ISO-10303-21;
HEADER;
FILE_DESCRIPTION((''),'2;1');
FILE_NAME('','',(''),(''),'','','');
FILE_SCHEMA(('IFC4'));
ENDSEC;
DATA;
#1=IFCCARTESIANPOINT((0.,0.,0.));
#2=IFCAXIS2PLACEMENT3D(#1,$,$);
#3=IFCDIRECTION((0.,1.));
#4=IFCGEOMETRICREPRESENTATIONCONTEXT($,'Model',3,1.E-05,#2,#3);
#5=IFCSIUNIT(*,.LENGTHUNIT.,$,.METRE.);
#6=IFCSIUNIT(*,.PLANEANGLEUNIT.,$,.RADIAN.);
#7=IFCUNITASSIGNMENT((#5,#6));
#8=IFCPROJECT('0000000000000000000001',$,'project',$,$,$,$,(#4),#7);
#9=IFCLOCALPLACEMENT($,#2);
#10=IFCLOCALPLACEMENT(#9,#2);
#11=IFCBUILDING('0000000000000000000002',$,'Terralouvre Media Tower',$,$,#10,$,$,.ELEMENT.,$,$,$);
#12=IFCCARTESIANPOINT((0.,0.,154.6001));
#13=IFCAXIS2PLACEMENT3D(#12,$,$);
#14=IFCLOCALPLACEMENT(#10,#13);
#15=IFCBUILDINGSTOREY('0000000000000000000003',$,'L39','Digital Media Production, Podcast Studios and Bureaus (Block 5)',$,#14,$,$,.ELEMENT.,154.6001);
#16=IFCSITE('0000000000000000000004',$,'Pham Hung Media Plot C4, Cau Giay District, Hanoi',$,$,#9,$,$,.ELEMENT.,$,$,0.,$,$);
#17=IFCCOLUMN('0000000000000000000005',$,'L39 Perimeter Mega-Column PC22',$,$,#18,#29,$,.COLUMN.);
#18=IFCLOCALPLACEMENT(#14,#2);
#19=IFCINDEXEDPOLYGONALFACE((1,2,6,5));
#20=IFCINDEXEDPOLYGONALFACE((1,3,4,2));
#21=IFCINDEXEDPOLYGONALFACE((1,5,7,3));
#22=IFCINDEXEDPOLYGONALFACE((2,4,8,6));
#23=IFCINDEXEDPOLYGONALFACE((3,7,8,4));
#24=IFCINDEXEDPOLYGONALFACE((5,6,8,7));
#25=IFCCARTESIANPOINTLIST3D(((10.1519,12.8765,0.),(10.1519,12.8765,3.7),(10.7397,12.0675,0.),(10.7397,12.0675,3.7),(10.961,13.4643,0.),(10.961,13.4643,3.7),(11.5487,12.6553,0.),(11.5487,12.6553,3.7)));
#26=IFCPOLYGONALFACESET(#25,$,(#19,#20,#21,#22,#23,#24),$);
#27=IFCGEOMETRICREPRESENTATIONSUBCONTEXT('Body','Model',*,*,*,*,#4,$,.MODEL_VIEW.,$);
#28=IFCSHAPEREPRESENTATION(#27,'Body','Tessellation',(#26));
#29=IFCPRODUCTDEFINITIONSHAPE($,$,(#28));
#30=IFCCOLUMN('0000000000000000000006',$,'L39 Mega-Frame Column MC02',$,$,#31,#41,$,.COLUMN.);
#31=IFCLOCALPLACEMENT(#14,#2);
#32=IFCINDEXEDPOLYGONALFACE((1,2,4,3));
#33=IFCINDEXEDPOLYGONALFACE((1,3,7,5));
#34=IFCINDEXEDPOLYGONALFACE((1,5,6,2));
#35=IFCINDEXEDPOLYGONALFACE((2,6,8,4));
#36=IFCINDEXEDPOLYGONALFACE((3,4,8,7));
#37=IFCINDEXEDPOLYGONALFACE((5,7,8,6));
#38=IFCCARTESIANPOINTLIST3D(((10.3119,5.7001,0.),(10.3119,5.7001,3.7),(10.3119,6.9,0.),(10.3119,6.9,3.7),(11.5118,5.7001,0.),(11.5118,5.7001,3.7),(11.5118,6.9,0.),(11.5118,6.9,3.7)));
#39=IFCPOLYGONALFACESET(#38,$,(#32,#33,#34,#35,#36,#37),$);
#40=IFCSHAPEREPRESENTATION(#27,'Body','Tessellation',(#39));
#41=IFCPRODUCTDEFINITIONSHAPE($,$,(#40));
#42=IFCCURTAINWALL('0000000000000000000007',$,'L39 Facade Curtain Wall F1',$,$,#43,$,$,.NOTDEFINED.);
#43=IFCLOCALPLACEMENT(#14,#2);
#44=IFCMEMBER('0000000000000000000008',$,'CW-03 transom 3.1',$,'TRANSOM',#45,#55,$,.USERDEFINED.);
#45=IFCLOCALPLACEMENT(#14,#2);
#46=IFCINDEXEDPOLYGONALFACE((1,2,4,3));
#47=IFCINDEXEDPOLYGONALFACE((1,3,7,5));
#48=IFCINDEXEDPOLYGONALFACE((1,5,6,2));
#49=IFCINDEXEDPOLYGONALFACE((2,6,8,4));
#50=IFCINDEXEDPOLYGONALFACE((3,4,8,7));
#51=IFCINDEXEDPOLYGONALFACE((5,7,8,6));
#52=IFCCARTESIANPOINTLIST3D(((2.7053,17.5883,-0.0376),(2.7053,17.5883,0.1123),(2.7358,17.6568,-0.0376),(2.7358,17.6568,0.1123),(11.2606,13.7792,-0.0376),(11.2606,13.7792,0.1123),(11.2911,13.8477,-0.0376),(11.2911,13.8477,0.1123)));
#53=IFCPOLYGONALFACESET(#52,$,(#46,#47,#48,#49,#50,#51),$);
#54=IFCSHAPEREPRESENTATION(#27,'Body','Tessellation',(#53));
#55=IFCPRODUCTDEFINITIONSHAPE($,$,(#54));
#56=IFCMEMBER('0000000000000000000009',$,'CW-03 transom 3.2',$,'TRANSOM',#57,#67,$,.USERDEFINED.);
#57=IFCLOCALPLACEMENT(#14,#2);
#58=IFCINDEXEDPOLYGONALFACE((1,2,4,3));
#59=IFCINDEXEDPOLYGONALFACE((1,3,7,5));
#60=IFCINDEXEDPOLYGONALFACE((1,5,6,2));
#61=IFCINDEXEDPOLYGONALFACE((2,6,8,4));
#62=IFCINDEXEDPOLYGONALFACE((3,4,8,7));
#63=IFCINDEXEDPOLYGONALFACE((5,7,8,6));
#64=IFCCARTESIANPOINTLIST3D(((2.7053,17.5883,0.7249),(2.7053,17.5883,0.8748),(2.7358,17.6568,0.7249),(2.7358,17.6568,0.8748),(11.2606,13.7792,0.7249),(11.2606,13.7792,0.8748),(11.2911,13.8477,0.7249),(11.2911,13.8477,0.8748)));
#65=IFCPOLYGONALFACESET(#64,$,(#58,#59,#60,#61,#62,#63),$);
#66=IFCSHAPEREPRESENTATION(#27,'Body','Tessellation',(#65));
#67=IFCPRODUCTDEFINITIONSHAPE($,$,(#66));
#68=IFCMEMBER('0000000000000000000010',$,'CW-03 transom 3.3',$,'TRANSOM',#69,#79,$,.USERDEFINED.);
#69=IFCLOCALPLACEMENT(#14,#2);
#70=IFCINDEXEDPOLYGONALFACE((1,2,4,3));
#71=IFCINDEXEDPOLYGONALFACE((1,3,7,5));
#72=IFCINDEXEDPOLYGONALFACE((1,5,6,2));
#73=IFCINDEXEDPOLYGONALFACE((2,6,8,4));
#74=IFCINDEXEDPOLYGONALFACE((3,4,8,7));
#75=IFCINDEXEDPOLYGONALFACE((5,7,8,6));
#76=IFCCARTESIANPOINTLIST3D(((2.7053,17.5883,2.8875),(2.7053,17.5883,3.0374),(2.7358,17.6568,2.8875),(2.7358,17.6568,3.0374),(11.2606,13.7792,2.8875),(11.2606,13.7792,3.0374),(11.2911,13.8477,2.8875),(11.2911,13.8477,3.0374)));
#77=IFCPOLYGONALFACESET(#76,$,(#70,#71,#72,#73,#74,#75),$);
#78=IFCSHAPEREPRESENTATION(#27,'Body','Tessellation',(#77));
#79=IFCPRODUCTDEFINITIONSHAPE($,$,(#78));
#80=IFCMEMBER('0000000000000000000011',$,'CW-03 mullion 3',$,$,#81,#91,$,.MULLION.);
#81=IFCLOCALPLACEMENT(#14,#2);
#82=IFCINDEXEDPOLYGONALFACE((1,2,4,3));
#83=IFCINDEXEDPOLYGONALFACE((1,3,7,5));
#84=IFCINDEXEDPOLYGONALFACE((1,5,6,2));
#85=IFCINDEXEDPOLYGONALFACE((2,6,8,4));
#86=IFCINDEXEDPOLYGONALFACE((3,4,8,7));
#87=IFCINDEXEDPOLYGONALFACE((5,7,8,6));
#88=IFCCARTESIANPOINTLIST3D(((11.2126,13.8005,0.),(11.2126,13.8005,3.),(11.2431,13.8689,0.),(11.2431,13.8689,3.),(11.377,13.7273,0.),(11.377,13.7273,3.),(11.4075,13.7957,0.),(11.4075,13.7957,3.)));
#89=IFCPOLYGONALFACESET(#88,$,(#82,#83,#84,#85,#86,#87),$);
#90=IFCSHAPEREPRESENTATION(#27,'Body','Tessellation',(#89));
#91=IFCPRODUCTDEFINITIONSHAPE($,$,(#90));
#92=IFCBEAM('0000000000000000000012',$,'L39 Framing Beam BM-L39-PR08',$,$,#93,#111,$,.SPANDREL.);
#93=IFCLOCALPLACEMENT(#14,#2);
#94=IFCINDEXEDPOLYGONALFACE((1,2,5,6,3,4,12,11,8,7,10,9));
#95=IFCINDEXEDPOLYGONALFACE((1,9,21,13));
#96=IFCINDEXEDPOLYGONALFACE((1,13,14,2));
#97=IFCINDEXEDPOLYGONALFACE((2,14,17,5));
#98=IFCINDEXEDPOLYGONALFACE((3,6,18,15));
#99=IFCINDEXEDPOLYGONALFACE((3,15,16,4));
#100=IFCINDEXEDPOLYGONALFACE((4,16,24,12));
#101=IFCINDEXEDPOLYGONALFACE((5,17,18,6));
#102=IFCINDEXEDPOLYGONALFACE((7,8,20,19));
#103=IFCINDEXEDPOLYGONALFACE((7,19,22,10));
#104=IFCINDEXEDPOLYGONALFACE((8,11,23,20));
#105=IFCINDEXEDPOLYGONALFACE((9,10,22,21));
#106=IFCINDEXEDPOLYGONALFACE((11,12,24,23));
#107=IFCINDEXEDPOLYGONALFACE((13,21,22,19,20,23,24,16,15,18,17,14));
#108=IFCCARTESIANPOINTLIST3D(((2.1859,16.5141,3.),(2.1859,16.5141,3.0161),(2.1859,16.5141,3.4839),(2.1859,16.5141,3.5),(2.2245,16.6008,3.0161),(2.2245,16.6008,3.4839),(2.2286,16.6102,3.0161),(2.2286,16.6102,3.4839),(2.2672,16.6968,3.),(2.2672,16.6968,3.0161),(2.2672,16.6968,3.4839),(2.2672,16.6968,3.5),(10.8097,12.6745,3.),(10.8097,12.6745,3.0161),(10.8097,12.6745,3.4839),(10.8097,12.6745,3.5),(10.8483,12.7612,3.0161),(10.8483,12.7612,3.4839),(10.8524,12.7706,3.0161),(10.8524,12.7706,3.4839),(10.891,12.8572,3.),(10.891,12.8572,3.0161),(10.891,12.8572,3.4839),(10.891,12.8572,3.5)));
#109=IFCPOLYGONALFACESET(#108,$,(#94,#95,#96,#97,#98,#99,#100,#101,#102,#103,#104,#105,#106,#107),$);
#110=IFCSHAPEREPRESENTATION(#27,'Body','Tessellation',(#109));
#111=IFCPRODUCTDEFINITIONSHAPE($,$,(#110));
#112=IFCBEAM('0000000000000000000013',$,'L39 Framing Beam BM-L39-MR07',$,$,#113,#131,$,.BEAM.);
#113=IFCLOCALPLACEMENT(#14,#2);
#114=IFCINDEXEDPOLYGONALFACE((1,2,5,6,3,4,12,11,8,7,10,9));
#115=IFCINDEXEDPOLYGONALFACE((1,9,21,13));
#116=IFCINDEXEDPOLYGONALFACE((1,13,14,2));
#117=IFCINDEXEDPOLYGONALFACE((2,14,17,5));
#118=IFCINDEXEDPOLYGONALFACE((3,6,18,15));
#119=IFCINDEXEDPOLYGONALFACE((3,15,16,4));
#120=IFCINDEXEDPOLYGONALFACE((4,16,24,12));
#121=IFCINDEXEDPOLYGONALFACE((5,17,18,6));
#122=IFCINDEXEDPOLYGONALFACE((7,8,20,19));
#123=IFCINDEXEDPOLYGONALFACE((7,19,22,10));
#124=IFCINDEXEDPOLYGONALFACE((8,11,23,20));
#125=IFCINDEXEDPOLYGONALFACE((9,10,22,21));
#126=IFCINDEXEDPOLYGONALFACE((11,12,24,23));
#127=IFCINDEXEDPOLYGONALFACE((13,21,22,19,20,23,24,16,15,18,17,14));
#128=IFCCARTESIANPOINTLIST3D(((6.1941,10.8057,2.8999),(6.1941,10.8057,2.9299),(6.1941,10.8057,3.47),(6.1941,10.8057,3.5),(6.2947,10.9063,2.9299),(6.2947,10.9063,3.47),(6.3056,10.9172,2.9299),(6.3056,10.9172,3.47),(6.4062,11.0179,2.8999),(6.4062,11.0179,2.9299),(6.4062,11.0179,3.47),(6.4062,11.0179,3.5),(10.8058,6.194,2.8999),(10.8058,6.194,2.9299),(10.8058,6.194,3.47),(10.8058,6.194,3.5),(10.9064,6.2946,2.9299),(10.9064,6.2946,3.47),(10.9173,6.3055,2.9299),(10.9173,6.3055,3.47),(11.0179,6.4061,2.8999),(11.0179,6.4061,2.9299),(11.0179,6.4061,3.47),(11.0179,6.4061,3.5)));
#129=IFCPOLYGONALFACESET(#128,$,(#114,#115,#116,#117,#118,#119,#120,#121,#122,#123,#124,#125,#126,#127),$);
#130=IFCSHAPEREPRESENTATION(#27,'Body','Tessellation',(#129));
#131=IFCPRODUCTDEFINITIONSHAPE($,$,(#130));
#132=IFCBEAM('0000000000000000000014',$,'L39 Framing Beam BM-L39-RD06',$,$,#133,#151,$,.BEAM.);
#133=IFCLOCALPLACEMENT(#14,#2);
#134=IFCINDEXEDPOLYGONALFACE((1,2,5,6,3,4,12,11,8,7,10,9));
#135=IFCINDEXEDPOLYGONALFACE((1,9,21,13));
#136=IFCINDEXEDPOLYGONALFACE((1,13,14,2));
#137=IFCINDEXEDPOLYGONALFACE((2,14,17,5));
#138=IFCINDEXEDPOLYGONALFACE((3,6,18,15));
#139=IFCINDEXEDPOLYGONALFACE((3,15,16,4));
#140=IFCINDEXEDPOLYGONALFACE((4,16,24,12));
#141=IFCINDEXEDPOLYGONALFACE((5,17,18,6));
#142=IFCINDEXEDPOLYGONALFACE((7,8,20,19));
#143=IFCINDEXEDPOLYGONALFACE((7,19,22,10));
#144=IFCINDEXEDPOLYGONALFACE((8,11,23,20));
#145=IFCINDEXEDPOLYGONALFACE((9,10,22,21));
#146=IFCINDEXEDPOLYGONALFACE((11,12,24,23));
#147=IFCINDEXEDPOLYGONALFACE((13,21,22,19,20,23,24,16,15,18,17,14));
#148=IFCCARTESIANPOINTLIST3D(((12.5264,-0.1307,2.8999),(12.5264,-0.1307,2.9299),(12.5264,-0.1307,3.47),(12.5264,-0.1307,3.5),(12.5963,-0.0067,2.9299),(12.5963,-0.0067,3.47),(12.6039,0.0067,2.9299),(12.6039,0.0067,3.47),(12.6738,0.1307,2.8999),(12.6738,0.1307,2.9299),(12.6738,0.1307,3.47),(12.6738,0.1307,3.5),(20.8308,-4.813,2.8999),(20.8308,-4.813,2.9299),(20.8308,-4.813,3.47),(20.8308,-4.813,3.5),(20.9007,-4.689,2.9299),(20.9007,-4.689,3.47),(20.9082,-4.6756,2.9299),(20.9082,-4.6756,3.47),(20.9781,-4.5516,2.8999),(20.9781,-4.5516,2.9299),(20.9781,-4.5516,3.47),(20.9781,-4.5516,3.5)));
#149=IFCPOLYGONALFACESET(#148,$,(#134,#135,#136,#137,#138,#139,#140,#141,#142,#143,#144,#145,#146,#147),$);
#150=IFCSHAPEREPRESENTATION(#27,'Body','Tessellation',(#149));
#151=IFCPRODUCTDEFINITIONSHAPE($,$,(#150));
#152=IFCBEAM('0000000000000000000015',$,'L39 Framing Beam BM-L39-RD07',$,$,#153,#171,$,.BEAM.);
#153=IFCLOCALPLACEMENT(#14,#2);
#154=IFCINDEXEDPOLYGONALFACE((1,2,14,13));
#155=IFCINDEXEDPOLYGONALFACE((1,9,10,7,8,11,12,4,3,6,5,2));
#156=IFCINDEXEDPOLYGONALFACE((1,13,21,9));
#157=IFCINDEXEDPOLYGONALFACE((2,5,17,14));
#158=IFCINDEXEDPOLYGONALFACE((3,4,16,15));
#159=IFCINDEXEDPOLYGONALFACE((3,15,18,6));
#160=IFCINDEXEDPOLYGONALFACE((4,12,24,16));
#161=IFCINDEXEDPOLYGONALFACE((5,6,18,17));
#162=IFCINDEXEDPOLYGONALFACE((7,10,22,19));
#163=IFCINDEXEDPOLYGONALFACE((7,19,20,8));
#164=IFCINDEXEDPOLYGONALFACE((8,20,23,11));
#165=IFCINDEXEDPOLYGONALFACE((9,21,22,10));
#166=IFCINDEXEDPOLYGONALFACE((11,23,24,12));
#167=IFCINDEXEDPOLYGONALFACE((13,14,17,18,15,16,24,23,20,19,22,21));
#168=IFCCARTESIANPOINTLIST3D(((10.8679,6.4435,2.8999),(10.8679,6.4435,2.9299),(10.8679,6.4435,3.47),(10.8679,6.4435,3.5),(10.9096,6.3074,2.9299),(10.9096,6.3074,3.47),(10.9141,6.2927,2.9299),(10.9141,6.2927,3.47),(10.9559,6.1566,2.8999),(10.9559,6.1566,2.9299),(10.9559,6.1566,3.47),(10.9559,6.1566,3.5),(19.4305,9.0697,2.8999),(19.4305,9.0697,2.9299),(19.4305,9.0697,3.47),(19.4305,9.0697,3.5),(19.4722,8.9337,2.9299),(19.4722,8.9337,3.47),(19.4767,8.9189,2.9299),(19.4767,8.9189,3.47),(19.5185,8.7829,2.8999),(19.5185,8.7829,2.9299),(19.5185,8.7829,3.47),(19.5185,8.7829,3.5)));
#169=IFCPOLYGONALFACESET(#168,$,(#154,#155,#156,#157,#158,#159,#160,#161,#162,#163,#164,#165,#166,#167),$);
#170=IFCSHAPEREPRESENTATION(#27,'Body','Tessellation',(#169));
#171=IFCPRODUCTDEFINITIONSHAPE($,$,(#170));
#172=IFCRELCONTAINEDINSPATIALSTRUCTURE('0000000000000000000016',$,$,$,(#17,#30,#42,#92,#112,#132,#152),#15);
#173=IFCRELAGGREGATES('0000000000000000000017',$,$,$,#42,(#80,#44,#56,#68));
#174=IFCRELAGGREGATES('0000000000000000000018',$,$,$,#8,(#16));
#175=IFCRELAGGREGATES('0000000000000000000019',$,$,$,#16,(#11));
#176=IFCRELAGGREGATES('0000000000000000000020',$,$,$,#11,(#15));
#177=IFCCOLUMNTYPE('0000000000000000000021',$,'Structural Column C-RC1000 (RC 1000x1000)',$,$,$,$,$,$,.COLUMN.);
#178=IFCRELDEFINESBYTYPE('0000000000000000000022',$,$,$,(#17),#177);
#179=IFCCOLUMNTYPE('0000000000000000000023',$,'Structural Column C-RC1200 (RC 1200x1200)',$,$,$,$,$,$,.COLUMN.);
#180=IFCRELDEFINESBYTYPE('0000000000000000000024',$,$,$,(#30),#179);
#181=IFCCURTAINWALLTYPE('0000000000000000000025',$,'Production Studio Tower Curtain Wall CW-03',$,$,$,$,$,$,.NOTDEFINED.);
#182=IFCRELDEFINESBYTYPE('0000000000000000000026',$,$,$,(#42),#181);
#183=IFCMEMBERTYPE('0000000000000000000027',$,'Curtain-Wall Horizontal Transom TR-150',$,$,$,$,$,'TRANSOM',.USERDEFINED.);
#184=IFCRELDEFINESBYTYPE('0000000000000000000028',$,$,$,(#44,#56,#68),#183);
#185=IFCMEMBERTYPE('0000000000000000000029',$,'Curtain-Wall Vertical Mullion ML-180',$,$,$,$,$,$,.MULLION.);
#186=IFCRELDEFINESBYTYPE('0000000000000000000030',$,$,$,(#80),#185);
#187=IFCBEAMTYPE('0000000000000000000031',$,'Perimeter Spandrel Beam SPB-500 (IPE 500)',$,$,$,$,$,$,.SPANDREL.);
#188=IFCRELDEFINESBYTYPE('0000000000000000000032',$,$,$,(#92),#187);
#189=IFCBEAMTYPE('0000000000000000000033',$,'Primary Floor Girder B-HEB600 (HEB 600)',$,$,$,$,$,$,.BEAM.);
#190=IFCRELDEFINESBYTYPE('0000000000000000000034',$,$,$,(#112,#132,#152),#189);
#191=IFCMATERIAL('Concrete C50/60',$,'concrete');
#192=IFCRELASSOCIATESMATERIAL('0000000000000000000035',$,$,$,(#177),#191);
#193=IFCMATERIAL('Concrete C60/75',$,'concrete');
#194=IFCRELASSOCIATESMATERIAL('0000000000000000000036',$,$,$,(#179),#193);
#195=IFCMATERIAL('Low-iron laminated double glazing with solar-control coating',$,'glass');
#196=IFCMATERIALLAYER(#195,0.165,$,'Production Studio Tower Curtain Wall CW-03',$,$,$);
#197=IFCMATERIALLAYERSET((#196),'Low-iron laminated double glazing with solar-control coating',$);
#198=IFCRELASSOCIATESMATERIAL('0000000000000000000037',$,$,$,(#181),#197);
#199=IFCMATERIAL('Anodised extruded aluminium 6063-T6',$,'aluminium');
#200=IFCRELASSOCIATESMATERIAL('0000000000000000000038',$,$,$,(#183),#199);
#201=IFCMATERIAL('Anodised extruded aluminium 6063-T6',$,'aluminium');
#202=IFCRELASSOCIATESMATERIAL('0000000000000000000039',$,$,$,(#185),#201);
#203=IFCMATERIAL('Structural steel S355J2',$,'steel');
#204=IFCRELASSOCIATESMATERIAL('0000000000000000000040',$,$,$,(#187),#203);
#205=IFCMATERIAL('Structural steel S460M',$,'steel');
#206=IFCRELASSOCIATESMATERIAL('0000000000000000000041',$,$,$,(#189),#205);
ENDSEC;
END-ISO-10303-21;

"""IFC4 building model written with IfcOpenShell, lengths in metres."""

from ifc_helpers import new_model, si_unit, direction, frame, origin, origin_2d, place, context, subcontext, project, spatial, rectangle, i_section, extrude, material, layer, layer_set, material_profile, profile_set, type_object, element, aggregate, save


model = new_model("IFC4")

# Units and contexts
model_context = context("Model", 3, precision=1e-05, world=origin(), true_north=direction((0.0, 1.0)))
body_context = subcontext(model_context, "Body", "Model", "MODEL_VIEW")
ifc_project = project(units=[si_unit("LENGTHUNIT", "METRE"), si_unit("PLANEANGLEUNIT", "RADIAN")], contexts=[model_context])

# Site, building, storey
site_placement = place(None, origin())
site = spatial("IfcSite", under=ifc_project, at=site_placement, Name="Pham Hung Media Plot C4, Cau Giay District, Hanoi", CompositionType="ELEMENT", RefElevation=0.0)
building_placement = place(site_placement, origin())
building = spatial("IfcBuilding", under=site, at=building_placement, Name="Terralouvre Media Tower", CompositionType="ELEMENT")
storey_placement = place(building_placement, frame((0.0, 0.0, 154.6001)))
storey = spatial("IfcBuildingStorey", under=building, at=storey_placement, Name="L39", Description="Digital Media Production, Podcast Studios and Bureaus (Block 5)", CompositionType="ELEMENT", Elevation=154.6001)

# Columns
ifc_material_1 = material(Name="Concrete C50/60", Category="concrete")
ifc_material_profile_1 = material_profile(ifc_material_1, rectangle(XDim=1.0, YDim=1.0, at=origin_2d()), Name="RC 1000x1000")
ifc_profile_set_1 = profile_set([ifc_material_profile_1], Name="Concrete C50/60")
column_type_1 = type_object("IfcColumnType", Name="Structural Column C-RC1000 (RC 1000x1000)", PredefinedType="COLUMN", material=ifc_profile_set_1)
column_1_placement = place(storey_placement, frame((10.8503, 12.7659, 0.0), z_axis=(0.0, 0.0, 1.0), x_axis=(0.809017, 0.587785, 0.0)))
element("IfcColumn", 1, at=column_1_placement, inside=storey, type_object=column_type_1, Name="L39 Perimeter Mega-Column PC22", PredefinedType="COLUMN", context=body_context, shape_type="SweptSolid", body=[
    extrude(rectangle(XDim=1.0, YDim=1.0, at=origin_2d()), origin(), (0.0, 0.0, 1.0), 3.7),
])
ifc_material_2 = material(Name="Concrete C60/75", Category="concrete")
ifc_material_profile_2 = material_profile(ifc_material_2, rectangle(XDim=1.2, YDim=1.2, at=origin_2d()), Name="RC 1200x1200")
ifc_profile_set_2 = profile_set([ifc_material_profile_2], Name="Concrete C60/75")
column_type_2 = type_object("IfcColumnType", Name="Structural Column C-RC1200 (RC 1200x1200)", PredefinedType="COLUMN", material=ifc_profile_set_2)
column_2_placement = place(storey_placement, frame((10.9119, 6.3, 0.0), z_axis=(0.0, 0.0, 1.0), x_axis=(1.0, 0.0, 0.0)))
element("IfcColumn", 2, at=column_2_placement, inside=storey, type_object=column_type_2, Name="L39 Mega-Frame Column MC02", PredefinedType="COLUMN", context=body_context, shape_type="SweptSolid", body=[
    extrude(rectangle(XDim=1.2, YDim=1.2, at=origin_2d()), origin(), (0.0, 0.0, 1.0), 3.7),
])

# Curtain wall, members
ifc_material_3 = material(Name="Low-iron laminated double glazing with solar-control coating", Category="glass")
ifc_layer_1 = layer(ifc_material_3, 0.165, Name="Production Studio Tower Curtain Wall CW-03")
ifc_layer_set_1 = layer_set([ifc_layer_1], Name="Low-iron laminated double glazing with solar-control coating")
curtain_wall_type = type_object("IfcCurtainWallType", Name="Production Studio Tower Curtain Wall CW-03", PredefinedType="NOTDEFINED", material=ifc_layer_set_1)
curtain_wall_placement = place(storey_placement, origin())
curtain_wall = element("IfcCurtainWall", 3, at=curtain_wall_placement, inside=storey, type_object=curtain_wall_type, Name="L39 Facade Curtain Wall F1", PredefinedType="NOTDEFINED")
ifc_material_4 = material(Name="Anodised extruded aluminium 6063-T6", Category="aluminium")
ifc_material_profile_3 = material_profile(ifc_material_4, rectangle(XDim=0.075, YDim=0.1499, at=origin_2d()), Name="ALU 75x150")
ifc_profile_set_3 = profile_set([ifc_material_profile_3], Name="Anodised extruded aluminium 6063-T6")
member_type_1 = type_object("IfcMemberType", Name="Curtain-Wall Horizontal Transom TR-150", ElementType="TRANSOM", PredefinedType="USERDEFINED", material=ifc_profile_set_3)
member_1_placement = place(storey_placement, frame((11.2759, 13.8135, 0.0374), z_axis=(-0.913547, 0.406733, 0.0), x_axis=(-0.406733, -0.913547, 0.0)))
member_1 = element("IfcMember", 4, at=member_1_placement, type_object=member_type_1, Name="CW-03 transom 3.1", ObjectType="TRANSOM", PredefinedType="USERDEFINED", context=body_context, shape_type="SweptSolid", body=[
    extrude(rectangle(XDim=0.075, YDim=0.1499, at=origin_2d()), origin(), (0.0, 0.0, 1.0), 9.365),
])
member_2_placement = place(storey_placement, frame((11.2759, 13.8135, 0.7998), z_axis=(-0.913547, 0.406733, 0.0), x_axis=(-0.406733, -0.913547, 0.0)))
member_2 = element("IfcMember", 5, at=member_2_placement, type_object=member_type_1, Name="CW-03 transom 3.2", ObjectType="TRANSOM", PredefinedType="USERDEFINED", context=body_context, shape_type="SweptSolid", body=[
    extrude(rectangle(XDim=0.075, YDim=0.1499, at=origin_2d()), origin(), (0.0, 0.0, 1.0), 9.365),
])
member_3_placement = place(storey_placement, frame((11.2759, 13.8135, 2.9624), z_axis=(-0.913547, 0.406733, 0.0), x_axis=(-0.406733, -0.913547, 0.0)))
member_3 = element("IfcMember", 6, at=member_3_placement, type_object=member_type_1, Name="CW-03 transom 3.3", ObjectType="TRANSOM", PredefinedType="USERDEFINED", context=body_context, shape_type="SweptSolid", body=[
    extrude(rectangle(XDim=0.075, YDim=0.1499, at=origin_2d()), origin(), (0.0, 0.0, 1.0), 9.365),
])
ifc_material_5 = material(Name="Anodised extruded aluminium 6063-T6", Category="aluminium")
ifc_material_profile_4 = material_profile(ifc_material_5, rectangle(XDim=0.075, YDim=0.1799, at=origin_2d()), Name="ALU 75x180")
ifc_profile_set_4 = profile_set([ifc_material_profile_4], Name="Anodised extruded aluminium 6063-T6")
member_type_2 = type_object("IfcMemberType", Name="Curtain-Wall Vertical Mullion ML-180", PredefinedType="MULLION", material=ifc_profile_set_4)
member_4_placement = place(storey_placement, frame((11.3101, 13.7981, 0.0), z_axis=(0.0, 0.0, 1.0), x_axis=(-0.406737, -0.913545, 0.0)))
member_4 = element("IfcMember", 7, at=member_4_placement, type_object=member_type_2, Name="CW-03 mullion 3", PredefinedType="MULLION", context=body_context, shape_type="SweptSolid", body=[
    extrude(rectangle(XDim=0.075, YDim=0.1799, at=origin_2d()), origin(), (0.0, 0.0, 1.0), 3.0),
])
aggregate(curtain_wall, [member_4, member_1, member_2, member_3])

# Beams
ifc_material_6 = material(Name="Structural steel S355J2", Category="steel")
ifc_material_profile_5 = material_profile(ifc_material_6, i_section(OverallWidth=0.2, OverallDepth=0.5, WebThickness=0.0103, FlangeThickness=0.0161, at=origin_2d()), Name="IPE 500")
ifc_profile_set_5 = profile_set([ifc_material_profile_5], Name="Structural steel S355J2")
beam_type_1 = type_object("IfcBeamType", Name="Perimeter Spandrel Beam SPB-500 (IPE 500)", PredefinedType="SPANDREL", material=ifc_profile_set_5)
beam_1_placement = place(storey_placement, frame((10.8503, 12.7659, 3.25), z_axis=(-0.913544, 0.406741, 0.0), x_axis=(-0.406741, -0.913544, 0.0)))
element("IfcBeam", 8, at=beam_1_placement, inside=storey, type_object=beam_type_1, Name="L39 Framing Beam BM-L39-PR08", PredefinedType="SPANDREL", context=body_context, shape_type="SweptSolid", body=[
    extrude(i_section(OverallWidth=0.2, OverallDepth=0.5, WebThickness=0.0103, FlangeThickness=0.0161, at=origin_2d()), origin(), (0.0, 0.0, 1.0), 9.4399),
])
ifc_material_7 = material(Name="Structural steel S460M", Category="steel")
ifc_material_profile_6 = material_profile(ifc_material_7, i_section(OverallWidth=0.3, OverallDepth=0.6001, WebThickness=0.0154, FlangeThickness=0.03, at=origin_2d()), Name="HEB 600")
ifc_profile_set_6 = profile_set([ifc_material_profile_6], Name="Structural steel S460M")
beam_type_2 = type_object("IfcBeamType", Name="Primary Floor Girder B-HEB600 (HEB 600)", PredefinedType="BEAM", material=ifc_profile_set_6)
beam_2_placement = place(storey_placement, frame((10.9119, 6.3, 3.2), z_axis=(-0.707107, 0.707107, 0.0), x_axis=(-0.707107, -0.707107, 0.0)))
element("IfcBeam", 9, at=beam_2_placement, inside=storey, type_object=beam_type_2, Name="L39 Framing Beam BM-L39-MR07", PredefinedType="BEAM", context=body_context, shape_type="SweptSolid", body=[
    extrude(i_section(OverallWidth=0.3, OverallDepth=0.6001, WebThickness=0.0154, FlangeThickness=0.03, at=origin_2d()), origin(), (0.0, 0.0, 1.0), 6.522),
])
beam_3_placement = place(storey_placement, frame((12.6001, 0.0, 3.2), z_axis=(0.871077, -0.491147, 0.0), x_axis=(0.491147, 0.871077, 0.0)))
element("IfcBeam", 10, at=beam_3_placement, inside=storey, type_object=beam_type_2, Name="L39 Framing Beam BM-L39-RD06", PredefinedType="BEAM", context=body_context, shape_type="SweptSolid", body=[
    extrude(i_section(OverallWidth=0.3, OverallDepth=0.6001, WebThickness=0.0154, FlangeThickness=0.03, at=origin_2d()), origin(), (0.0, 0.0, 1.0), 9.5334),
])
beam_4_placement = place(storey_placement, frame((10.9119, 6.3, 3.2), z_axis=(0.956042, 0.293229, 0.0), x_axis=(-0.293229, 0.956042, 0.0)))
element("IfcBeam", 11, at=beam_4_placement, inside=storey, type_object=beam_type_2, Name="L39 Framing Beam BM-L39-RD07", PredefinedType="BEAM", context=body_context, shape_type="SweptSolid", body=[
    extrude(i_section(OverallWidth=0.3, OverallDepth=0.6001, WebThickness=0.0154, FlangeThickness=0.03, at=origin_2d()), origin(), (0.0, 0.0, 1.0), 8.9563),
])

save(model, "model.ifc")
